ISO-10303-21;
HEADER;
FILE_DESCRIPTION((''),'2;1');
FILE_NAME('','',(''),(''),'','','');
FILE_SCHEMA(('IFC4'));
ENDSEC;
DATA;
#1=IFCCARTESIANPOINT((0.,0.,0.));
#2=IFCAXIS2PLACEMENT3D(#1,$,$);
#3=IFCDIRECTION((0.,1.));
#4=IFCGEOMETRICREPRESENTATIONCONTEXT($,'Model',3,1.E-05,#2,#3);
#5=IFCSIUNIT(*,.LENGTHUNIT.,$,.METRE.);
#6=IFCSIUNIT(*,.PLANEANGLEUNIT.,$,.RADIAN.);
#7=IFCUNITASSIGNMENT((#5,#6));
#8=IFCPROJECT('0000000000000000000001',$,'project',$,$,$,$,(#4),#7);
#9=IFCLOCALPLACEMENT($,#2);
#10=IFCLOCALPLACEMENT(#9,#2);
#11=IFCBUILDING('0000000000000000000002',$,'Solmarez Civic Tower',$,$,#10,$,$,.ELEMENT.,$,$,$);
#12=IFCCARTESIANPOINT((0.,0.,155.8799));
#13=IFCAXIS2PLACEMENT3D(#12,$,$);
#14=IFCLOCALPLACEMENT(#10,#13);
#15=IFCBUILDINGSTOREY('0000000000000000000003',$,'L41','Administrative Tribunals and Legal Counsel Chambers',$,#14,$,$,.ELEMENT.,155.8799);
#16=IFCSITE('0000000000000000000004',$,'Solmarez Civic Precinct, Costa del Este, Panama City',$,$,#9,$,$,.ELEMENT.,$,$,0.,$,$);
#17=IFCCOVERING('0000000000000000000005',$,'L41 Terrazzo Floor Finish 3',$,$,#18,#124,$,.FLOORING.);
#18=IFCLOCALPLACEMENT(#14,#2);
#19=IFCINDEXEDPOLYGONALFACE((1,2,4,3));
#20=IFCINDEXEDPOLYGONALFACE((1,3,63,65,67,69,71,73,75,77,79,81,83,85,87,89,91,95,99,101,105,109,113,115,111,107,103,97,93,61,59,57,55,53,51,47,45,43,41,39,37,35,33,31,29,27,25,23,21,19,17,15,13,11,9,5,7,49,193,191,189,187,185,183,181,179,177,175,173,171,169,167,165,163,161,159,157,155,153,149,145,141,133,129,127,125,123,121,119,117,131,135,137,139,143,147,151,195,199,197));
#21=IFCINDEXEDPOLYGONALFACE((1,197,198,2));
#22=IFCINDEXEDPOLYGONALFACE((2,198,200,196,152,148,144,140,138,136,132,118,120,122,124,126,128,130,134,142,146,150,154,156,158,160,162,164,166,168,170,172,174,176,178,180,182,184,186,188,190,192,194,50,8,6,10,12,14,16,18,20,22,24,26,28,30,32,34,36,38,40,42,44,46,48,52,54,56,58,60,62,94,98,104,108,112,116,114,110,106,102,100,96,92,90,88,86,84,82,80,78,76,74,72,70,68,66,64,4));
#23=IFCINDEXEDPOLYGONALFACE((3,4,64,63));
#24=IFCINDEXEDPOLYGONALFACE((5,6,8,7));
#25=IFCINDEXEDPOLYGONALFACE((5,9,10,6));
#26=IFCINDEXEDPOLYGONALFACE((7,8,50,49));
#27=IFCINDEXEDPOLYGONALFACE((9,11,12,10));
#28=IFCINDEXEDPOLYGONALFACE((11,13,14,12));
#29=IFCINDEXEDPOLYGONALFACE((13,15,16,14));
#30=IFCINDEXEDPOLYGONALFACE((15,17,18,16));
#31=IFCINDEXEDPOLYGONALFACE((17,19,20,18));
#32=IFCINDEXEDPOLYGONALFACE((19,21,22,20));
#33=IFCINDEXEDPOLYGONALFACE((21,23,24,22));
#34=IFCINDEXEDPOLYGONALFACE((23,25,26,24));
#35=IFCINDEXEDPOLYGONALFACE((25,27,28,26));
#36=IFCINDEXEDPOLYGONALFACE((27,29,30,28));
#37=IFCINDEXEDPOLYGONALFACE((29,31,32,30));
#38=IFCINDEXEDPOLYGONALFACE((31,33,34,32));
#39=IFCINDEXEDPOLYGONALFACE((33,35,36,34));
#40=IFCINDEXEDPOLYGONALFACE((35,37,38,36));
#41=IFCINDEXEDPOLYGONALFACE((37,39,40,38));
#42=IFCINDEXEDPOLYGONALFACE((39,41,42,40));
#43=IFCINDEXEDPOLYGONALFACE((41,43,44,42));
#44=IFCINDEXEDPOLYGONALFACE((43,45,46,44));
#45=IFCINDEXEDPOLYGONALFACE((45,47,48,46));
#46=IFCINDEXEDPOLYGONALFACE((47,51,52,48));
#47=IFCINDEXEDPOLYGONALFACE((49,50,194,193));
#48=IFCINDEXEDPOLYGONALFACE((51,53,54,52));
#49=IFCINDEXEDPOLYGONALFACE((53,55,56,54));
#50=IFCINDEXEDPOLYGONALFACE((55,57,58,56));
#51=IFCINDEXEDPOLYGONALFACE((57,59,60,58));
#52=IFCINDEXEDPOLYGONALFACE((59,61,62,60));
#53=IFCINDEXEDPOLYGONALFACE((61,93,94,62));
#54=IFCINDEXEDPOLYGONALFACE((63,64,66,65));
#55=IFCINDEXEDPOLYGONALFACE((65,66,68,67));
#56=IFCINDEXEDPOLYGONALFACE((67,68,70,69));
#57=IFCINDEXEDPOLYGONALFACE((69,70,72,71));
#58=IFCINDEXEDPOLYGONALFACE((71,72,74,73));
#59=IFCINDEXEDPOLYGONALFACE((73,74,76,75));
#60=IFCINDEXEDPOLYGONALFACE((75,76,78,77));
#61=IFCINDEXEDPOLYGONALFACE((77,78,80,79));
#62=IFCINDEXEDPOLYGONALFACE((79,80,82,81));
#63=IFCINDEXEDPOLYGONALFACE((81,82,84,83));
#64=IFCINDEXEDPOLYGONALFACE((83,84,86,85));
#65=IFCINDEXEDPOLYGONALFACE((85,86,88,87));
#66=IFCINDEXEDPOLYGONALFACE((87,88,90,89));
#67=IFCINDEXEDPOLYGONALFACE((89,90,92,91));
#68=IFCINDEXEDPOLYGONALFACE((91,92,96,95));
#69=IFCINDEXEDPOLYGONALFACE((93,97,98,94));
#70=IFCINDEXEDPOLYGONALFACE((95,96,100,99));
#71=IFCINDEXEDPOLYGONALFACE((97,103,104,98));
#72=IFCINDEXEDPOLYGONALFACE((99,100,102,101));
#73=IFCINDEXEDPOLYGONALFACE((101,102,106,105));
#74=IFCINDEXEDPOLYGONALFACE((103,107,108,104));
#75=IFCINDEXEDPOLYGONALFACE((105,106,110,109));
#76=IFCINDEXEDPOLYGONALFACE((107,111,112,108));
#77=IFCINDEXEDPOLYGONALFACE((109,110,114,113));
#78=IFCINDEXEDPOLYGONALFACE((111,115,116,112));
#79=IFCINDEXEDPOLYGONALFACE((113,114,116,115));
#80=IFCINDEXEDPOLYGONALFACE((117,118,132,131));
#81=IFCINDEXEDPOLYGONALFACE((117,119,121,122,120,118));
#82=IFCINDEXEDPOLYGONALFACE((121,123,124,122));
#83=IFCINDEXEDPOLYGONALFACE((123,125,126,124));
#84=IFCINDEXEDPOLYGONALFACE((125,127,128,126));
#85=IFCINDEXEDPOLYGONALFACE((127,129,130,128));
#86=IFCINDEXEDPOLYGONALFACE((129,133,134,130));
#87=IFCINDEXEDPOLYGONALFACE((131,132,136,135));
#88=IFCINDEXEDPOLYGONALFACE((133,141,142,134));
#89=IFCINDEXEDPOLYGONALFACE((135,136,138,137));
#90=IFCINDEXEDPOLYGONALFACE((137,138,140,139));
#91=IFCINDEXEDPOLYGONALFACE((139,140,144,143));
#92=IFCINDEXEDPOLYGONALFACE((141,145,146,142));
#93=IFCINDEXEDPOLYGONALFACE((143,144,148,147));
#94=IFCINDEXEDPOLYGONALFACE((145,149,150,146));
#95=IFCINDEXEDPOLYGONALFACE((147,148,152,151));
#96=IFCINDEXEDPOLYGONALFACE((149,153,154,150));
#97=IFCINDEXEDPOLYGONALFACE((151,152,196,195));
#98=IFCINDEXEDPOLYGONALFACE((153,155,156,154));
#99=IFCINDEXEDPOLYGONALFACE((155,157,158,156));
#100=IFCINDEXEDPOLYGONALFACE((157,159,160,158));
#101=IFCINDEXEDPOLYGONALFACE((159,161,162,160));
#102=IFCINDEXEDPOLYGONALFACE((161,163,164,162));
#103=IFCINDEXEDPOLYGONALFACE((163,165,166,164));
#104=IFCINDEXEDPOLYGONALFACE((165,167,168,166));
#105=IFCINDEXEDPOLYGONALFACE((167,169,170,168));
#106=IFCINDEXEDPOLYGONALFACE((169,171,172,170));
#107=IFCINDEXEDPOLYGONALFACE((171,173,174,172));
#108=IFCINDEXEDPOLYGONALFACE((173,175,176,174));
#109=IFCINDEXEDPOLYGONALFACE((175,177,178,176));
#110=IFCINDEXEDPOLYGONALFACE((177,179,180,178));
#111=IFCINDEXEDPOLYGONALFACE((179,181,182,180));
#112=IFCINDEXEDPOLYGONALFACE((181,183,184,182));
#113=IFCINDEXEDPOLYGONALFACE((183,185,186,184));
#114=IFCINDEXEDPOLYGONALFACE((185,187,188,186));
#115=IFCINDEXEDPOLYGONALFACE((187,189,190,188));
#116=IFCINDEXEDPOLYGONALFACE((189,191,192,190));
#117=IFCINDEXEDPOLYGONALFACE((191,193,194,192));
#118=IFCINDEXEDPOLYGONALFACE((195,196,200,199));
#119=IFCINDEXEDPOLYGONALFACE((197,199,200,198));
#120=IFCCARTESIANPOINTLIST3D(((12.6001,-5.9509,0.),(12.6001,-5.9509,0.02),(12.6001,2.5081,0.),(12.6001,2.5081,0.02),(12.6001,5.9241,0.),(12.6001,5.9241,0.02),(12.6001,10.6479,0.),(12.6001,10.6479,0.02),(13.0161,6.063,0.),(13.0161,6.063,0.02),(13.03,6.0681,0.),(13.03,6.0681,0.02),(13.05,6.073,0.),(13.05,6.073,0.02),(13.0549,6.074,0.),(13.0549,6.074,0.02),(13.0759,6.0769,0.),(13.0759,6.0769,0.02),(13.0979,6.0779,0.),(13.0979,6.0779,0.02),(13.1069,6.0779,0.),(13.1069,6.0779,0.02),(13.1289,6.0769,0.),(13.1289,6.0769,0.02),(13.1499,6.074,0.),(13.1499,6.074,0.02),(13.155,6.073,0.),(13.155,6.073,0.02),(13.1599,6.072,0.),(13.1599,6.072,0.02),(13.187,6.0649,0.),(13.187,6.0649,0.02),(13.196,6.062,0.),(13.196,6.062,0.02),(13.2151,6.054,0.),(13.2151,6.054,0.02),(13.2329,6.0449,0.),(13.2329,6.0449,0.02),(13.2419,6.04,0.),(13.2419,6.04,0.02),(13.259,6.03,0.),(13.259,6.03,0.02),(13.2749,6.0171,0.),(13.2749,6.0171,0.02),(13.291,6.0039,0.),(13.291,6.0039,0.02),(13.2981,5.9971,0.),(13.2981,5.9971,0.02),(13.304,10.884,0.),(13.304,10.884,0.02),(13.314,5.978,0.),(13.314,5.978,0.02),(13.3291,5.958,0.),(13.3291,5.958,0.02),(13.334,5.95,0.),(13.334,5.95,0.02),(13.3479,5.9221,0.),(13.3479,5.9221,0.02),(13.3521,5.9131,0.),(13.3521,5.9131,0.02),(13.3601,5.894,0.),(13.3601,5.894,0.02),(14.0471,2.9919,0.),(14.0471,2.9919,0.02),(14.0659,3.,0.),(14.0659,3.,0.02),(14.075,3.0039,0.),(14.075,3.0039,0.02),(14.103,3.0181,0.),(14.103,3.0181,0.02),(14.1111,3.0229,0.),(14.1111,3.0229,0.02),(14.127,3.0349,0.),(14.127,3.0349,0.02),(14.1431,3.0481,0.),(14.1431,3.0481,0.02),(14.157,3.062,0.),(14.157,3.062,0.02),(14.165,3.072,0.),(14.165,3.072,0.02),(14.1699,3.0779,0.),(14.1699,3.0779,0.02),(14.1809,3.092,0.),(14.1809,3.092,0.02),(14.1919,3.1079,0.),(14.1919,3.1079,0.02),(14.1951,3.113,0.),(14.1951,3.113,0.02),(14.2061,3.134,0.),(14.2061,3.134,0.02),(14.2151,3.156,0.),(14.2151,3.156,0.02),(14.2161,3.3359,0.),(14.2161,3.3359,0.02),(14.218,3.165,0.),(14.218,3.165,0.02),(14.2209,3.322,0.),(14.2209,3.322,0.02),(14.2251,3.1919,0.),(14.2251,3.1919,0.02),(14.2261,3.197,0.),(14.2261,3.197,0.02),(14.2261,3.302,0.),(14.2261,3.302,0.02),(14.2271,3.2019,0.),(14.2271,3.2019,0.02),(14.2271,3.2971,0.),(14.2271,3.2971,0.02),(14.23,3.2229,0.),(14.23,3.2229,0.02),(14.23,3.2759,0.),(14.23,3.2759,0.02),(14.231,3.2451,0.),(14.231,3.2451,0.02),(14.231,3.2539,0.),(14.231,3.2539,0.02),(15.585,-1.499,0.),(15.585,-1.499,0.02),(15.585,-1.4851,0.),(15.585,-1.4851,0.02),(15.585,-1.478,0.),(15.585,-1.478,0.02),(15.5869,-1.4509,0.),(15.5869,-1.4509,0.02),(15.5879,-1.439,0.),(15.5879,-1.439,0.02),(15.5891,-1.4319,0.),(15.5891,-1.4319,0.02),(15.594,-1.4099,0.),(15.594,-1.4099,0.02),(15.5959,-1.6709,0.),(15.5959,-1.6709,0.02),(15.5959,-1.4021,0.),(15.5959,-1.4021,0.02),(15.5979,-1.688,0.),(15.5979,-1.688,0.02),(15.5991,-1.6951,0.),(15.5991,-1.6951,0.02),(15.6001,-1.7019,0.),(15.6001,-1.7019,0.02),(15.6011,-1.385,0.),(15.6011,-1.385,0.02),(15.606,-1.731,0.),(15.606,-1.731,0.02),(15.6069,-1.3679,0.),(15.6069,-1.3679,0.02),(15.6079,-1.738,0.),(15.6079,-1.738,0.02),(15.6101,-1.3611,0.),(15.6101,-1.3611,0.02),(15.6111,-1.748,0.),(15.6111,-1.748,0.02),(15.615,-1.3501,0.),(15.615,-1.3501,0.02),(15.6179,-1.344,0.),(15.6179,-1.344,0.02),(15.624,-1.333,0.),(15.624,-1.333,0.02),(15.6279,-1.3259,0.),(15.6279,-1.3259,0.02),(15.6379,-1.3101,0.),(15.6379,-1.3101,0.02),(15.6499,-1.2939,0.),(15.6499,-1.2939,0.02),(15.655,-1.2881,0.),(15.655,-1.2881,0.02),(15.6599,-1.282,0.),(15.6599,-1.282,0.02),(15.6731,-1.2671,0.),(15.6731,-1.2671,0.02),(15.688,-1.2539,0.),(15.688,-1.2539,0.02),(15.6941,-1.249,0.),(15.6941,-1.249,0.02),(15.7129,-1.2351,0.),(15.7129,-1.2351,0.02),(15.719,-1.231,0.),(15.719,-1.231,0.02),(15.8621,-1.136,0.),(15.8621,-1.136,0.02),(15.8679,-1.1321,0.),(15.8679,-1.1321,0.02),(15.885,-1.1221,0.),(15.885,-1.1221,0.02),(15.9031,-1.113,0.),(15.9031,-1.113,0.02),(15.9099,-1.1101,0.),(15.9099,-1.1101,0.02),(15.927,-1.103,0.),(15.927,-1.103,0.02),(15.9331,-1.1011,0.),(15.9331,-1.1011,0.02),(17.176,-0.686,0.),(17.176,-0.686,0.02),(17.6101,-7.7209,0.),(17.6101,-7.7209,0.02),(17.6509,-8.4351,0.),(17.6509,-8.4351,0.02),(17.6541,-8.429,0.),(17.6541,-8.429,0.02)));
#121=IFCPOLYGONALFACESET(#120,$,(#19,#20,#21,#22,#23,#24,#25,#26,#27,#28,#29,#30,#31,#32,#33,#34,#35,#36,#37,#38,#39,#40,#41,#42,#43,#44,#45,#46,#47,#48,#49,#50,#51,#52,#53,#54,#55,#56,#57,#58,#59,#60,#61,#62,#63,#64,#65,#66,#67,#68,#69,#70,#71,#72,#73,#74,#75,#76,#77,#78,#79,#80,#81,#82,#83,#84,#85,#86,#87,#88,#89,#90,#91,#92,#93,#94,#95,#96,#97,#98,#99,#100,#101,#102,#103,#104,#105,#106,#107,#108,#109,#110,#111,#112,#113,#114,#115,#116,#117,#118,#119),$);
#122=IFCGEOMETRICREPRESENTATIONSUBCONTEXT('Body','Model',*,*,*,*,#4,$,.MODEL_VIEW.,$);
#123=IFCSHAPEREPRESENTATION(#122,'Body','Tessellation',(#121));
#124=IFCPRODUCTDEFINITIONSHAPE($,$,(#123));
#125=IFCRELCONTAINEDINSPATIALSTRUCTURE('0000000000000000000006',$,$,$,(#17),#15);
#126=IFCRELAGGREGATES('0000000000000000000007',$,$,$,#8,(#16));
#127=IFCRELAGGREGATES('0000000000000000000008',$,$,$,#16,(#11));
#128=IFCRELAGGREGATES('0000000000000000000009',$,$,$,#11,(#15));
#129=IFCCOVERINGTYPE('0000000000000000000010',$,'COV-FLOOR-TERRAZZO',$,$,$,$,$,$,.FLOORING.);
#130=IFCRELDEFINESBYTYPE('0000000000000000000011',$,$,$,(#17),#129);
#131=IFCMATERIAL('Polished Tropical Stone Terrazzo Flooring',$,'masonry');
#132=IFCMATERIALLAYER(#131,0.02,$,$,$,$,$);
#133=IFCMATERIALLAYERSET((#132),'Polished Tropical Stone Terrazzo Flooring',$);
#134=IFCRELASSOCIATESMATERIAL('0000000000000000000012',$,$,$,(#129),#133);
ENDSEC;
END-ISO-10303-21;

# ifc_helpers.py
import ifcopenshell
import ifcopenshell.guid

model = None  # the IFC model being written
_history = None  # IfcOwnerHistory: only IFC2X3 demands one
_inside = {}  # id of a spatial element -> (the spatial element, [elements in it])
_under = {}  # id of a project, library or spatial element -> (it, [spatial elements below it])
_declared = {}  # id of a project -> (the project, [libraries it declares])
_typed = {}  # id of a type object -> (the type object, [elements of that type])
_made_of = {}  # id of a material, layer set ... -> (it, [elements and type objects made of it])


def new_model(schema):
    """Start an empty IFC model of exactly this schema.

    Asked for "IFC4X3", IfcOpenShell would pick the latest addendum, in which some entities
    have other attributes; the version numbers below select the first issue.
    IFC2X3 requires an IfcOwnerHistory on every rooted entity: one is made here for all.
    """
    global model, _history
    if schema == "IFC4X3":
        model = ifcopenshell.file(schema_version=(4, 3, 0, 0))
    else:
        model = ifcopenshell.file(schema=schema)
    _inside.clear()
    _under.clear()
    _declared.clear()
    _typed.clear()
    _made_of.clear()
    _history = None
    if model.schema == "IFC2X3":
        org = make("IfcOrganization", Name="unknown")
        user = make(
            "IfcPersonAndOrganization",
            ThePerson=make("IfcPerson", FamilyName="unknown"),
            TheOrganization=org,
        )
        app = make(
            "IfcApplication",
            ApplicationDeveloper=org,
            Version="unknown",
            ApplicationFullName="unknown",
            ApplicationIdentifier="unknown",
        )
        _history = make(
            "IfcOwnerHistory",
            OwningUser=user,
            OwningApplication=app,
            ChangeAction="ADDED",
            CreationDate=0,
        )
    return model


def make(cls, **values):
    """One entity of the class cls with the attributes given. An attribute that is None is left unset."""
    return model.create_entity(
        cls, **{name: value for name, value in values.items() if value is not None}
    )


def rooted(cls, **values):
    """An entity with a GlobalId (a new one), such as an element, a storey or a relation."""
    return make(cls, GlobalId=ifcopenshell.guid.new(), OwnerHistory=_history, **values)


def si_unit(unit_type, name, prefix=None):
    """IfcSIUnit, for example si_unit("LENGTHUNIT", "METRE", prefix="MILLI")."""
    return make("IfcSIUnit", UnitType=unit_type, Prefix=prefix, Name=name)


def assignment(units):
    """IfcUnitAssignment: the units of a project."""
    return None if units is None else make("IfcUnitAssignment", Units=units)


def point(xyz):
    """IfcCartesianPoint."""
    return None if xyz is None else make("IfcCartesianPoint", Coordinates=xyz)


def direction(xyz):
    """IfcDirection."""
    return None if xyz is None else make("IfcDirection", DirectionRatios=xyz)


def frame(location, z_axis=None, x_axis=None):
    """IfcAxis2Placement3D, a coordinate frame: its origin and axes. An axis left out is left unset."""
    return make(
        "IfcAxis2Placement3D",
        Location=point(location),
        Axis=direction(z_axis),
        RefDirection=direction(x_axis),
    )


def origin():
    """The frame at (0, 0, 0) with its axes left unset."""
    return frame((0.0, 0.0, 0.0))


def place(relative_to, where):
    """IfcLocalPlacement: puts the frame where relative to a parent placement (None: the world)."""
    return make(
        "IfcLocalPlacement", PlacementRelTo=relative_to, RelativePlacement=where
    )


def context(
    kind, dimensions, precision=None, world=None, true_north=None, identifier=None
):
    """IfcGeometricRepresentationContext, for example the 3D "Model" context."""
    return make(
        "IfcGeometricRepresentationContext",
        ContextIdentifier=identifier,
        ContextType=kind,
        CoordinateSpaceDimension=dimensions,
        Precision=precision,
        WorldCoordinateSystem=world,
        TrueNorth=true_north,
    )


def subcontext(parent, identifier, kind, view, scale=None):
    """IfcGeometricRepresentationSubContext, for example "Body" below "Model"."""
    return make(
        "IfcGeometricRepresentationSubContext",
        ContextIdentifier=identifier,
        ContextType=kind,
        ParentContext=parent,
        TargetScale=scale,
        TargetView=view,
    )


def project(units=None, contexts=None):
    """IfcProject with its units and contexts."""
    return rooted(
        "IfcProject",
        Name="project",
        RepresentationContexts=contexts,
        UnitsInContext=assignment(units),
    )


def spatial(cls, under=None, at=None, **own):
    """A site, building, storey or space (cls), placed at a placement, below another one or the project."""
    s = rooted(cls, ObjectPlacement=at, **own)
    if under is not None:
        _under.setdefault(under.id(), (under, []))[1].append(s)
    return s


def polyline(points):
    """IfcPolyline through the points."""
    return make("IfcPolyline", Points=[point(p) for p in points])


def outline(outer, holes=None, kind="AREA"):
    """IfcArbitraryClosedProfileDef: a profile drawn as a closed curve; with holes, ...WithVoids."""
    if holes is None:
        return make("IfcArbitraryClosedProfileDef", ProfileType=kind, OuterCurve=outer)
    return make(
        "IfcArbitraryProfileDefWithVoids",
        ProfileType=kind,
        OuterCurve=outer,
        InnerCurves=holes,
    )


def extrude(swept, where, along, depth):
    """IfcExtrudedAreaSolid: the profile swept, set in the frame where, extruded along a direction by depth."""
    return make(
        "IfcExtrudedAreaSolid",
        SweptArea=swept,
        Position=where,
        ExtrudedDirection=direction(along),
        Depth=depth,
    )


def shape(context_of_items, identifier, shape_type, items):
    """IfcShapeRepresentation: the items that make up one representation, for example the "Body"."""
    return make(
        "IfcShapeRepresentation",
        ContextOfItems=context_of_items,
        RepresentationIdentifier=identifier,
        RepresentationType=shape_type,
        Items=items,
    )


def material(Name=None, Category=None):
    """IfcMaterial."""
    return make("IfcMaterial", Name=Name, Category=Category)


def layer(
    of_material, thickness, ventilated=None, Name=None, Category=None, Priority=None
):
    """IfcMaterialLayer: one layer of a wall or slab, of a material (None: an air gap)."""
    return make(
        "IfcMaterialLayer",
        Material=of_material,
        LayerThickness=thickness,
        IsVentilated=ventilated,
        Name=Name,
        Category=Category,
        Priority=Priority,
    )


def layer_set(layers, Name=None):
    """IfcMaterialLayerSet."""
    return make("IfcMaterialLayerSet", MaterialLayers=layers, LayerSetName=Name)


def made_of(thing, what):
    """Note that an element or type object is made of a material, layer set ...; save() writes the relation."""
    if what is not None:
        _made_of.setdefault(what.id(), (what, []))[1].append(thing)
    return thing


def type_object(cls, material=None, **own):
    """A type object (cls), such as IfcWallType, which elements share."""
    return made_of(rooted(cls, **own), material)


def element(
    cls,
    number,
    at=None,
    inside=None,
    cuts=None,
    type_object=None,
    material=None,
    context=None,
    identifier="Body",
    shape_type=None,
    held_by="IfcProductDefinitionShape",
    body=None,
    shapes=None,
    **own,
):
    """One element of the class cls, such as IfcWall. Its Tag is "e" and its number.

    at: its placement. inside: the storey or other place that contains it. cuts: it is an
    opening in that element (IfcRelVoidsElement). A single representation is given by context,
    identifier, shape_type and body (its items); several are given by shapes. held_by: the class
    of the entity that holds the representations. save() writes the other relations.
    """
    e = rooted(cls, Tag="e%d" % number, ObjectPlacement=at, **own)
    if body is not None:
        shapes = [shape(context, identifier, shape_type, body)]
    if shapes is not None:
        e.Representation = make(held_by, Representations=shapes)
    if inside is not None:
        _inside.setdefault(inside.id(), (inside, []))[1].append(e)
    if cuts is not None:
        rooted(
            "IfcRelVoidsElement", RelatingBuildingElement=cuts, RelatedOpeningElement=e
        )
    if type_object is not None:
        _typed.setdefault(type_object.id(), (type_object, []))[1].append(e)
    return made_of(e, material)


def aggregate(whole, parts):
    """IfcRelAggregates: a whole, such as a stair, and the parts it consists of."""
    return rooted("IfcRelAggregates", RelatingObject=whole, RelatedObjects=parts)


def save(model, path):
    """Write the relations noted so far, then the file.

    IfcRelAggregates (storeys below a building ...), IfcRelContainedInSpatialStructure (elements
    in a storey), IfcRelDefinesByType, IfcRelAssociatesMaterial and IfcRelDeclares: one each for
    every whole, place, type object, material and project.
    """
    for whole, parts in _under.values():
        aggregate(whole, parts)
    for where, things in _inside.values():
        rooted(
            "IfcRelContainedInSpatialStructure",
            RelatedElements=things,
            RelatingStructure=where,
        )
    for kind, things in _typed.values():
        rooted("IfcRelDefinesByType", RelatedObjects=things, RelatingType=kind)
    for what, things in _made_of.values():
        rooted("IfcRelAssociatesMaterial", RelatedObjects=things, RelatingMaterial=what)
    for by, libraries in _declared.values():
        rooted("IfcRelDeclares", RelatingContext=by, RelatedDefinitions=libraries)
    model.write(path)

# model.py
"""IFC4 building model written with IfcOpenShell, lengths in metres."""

from ifc_helpers import new_model, si_unit, direction, frame, origin, place, context, subcontext, project, spatial, polyline, outline, extrude, material, layer, layer_set, type_object, element, save


model = new_model("IFC4")

# Units and contexts
model_context = context("Model", 3, precision=1e-05, world=origin(), true_north=direction((0.0, 1.0)))
body_context = subcontext(model_context, "Body", "Model", "MODEL_VIEW")
ifc_project = project(units=[si_unit("LENGTHUNIT", "METRE"), si_unit("PLANEANGLEUNIT", "RADIAN")], contexts=[model_context])

# Site, building, storey
site_placement = place(None, origin())
site = spatial("IfcSite", under=ifc_project, at=site_placement, Name="Solmarez Civic Precinct, Costa del Este, Panama City", CompositionType="ELEMENT", RefElevation=0.0)
building_placement = place(site_placement, origin())
building = spatial("IfcBuilding", under=site, at=building_placement, Name="Solmarez Civic Tower", CompositionType="ELEMENT")
storey_placement = place(building_placement, frame((0.0, 0.0, 155.8799)))
storey = spatial("IfcBuildingStorey", under=building, at=storey_placement, Name="L41", Description="Administrative Tribunals and Legal Counsel Chambers", CompositionType="ELEMENT", Elevation=155.8799)

# Covering
ifc_material_1 = material(Name="Polished Tropical Stone Terrazzo Flooring", Category="masonry")
ifc_layer_1 = layer(ifc_material_1, 0.02)
ifc_layer_set_1 = layer_set([ifc_layer_1], Name="Polished Tropical Stone Terrazzo Flooring")
covering_type_1 = type_object("IfcCoveringType", Name="COV-FLOOR-TERRAZZO", PredefinedType="FLOORING", material=ifc_layer_set_1)
covering_1_placement = place(storey_placement, origin())
element("IfcCovering", 1, at=covering_1_placement, inside=storey, type_object=covering_type_1, Name="L41 Terrazzo Floor Finish 3", PredefinedType="FLOORING", context=body_context, shape_type="SweptSolid", body=[
    extrude(outline(polyline([(12.6001, 10.6479), (12.6001, 5.9241), (13.0161, 6.063), (13.03, 6.0681), (13.05, 6.073), (13.0549, 6.074), (13.0759, 6.0769), (13.0979, 6.0779), (13.1069, 6.0779), (13.1289, 6.0769), (13.1499, 6.074), (13.155, 6.073), (13.1599, 6.072), (13.187, 6.0649), (13.196, 6.062), (13.2151, 6.054), (13.2329, 6.0449), (13.2419, 6.04), (13.259, 6.03), (13.2749, 6.0171), (13.291, 6.0039), (13.2981, 5.9971), (13.314, 5.978), (13.3291, 5.958), (13.334, 5.95), (13.3479, 5.9221), (13.3521, 5.9131), (13.3601, 5.894), (14.2161, 3.3359), (14.2209, 3.322), (14.2261, 3.302), (14.2271, 3.2971), (14.23, 3.2759), (14.231, 3.2539), (14.231, 3.2451), (14.23, 3.2229), (14.2271, 3.2019), (14.2261, 3.197), (14.2251, 3.1919), (14.218, 3.165), (14.2151, 3.156), (14.2061, 3.134), (14.1951, 3.113), (14.1919, 3.1079), (14.1809, 3.092), (14.1699, 3.0779), (14.165, 3.072), (14.157, 3.062), (14.1431, 3.0481), (14.127, 3.0349), (14.1111, 3.0229), (14.103, 3.0181), (14.075, 3.0039), (14.0659, 3.0), (14.0471, 2.9919), (12.6001, 2.5081), (12.6001, -5.9509), (17.6509, -8.4351), (17.6541, -8.429), (17.6101, -7.7209), (15.6111, -1.748), (15.6079, -1.738), (15.606, -1.731), (15.6001, -1.7019), (15.5991, -1.6951), (15.5979, -1.688), (15.5959, -1.6709), (15.585, -1.499), (15.585, -1.4851), (15.585, -1.478), (15.5869, -1.4509), (15.5879, -1.439), (15.5891, -1.4319), (15.594, -1.4099), (15.5959, -1.4021), (15.6011, -1.385), (15.6069, -1.3679), (15.6101, -1.3611), (15.615, -1.3501), (15.6179, -1.344), (15.624, -1.333), (15.6279, -1.3259), (15.6379, -1.3101), (15.6499, -1.2939), (15.655, -1.2881), (15.6599, -1.282), (15.6731, -1.2671), (15.688, -1.2539), (15.6941, -1.249), (15.7129, -1.2351), (15.719, -1.231), (15.8621, -1.136), (15.8679, -1.1321), (15.885, -1.1221), (15.9031, -1.113), (15.9099, -1.1101), (15.927, -1.103), (15.9331, -1.1011), (17.176, -0.686), (13.304, 10.884), (12.6001, 10.6479)])), origin(), (0.0, 0.0, 1.0), 0.02),
])

save(model, "model.ifc")
